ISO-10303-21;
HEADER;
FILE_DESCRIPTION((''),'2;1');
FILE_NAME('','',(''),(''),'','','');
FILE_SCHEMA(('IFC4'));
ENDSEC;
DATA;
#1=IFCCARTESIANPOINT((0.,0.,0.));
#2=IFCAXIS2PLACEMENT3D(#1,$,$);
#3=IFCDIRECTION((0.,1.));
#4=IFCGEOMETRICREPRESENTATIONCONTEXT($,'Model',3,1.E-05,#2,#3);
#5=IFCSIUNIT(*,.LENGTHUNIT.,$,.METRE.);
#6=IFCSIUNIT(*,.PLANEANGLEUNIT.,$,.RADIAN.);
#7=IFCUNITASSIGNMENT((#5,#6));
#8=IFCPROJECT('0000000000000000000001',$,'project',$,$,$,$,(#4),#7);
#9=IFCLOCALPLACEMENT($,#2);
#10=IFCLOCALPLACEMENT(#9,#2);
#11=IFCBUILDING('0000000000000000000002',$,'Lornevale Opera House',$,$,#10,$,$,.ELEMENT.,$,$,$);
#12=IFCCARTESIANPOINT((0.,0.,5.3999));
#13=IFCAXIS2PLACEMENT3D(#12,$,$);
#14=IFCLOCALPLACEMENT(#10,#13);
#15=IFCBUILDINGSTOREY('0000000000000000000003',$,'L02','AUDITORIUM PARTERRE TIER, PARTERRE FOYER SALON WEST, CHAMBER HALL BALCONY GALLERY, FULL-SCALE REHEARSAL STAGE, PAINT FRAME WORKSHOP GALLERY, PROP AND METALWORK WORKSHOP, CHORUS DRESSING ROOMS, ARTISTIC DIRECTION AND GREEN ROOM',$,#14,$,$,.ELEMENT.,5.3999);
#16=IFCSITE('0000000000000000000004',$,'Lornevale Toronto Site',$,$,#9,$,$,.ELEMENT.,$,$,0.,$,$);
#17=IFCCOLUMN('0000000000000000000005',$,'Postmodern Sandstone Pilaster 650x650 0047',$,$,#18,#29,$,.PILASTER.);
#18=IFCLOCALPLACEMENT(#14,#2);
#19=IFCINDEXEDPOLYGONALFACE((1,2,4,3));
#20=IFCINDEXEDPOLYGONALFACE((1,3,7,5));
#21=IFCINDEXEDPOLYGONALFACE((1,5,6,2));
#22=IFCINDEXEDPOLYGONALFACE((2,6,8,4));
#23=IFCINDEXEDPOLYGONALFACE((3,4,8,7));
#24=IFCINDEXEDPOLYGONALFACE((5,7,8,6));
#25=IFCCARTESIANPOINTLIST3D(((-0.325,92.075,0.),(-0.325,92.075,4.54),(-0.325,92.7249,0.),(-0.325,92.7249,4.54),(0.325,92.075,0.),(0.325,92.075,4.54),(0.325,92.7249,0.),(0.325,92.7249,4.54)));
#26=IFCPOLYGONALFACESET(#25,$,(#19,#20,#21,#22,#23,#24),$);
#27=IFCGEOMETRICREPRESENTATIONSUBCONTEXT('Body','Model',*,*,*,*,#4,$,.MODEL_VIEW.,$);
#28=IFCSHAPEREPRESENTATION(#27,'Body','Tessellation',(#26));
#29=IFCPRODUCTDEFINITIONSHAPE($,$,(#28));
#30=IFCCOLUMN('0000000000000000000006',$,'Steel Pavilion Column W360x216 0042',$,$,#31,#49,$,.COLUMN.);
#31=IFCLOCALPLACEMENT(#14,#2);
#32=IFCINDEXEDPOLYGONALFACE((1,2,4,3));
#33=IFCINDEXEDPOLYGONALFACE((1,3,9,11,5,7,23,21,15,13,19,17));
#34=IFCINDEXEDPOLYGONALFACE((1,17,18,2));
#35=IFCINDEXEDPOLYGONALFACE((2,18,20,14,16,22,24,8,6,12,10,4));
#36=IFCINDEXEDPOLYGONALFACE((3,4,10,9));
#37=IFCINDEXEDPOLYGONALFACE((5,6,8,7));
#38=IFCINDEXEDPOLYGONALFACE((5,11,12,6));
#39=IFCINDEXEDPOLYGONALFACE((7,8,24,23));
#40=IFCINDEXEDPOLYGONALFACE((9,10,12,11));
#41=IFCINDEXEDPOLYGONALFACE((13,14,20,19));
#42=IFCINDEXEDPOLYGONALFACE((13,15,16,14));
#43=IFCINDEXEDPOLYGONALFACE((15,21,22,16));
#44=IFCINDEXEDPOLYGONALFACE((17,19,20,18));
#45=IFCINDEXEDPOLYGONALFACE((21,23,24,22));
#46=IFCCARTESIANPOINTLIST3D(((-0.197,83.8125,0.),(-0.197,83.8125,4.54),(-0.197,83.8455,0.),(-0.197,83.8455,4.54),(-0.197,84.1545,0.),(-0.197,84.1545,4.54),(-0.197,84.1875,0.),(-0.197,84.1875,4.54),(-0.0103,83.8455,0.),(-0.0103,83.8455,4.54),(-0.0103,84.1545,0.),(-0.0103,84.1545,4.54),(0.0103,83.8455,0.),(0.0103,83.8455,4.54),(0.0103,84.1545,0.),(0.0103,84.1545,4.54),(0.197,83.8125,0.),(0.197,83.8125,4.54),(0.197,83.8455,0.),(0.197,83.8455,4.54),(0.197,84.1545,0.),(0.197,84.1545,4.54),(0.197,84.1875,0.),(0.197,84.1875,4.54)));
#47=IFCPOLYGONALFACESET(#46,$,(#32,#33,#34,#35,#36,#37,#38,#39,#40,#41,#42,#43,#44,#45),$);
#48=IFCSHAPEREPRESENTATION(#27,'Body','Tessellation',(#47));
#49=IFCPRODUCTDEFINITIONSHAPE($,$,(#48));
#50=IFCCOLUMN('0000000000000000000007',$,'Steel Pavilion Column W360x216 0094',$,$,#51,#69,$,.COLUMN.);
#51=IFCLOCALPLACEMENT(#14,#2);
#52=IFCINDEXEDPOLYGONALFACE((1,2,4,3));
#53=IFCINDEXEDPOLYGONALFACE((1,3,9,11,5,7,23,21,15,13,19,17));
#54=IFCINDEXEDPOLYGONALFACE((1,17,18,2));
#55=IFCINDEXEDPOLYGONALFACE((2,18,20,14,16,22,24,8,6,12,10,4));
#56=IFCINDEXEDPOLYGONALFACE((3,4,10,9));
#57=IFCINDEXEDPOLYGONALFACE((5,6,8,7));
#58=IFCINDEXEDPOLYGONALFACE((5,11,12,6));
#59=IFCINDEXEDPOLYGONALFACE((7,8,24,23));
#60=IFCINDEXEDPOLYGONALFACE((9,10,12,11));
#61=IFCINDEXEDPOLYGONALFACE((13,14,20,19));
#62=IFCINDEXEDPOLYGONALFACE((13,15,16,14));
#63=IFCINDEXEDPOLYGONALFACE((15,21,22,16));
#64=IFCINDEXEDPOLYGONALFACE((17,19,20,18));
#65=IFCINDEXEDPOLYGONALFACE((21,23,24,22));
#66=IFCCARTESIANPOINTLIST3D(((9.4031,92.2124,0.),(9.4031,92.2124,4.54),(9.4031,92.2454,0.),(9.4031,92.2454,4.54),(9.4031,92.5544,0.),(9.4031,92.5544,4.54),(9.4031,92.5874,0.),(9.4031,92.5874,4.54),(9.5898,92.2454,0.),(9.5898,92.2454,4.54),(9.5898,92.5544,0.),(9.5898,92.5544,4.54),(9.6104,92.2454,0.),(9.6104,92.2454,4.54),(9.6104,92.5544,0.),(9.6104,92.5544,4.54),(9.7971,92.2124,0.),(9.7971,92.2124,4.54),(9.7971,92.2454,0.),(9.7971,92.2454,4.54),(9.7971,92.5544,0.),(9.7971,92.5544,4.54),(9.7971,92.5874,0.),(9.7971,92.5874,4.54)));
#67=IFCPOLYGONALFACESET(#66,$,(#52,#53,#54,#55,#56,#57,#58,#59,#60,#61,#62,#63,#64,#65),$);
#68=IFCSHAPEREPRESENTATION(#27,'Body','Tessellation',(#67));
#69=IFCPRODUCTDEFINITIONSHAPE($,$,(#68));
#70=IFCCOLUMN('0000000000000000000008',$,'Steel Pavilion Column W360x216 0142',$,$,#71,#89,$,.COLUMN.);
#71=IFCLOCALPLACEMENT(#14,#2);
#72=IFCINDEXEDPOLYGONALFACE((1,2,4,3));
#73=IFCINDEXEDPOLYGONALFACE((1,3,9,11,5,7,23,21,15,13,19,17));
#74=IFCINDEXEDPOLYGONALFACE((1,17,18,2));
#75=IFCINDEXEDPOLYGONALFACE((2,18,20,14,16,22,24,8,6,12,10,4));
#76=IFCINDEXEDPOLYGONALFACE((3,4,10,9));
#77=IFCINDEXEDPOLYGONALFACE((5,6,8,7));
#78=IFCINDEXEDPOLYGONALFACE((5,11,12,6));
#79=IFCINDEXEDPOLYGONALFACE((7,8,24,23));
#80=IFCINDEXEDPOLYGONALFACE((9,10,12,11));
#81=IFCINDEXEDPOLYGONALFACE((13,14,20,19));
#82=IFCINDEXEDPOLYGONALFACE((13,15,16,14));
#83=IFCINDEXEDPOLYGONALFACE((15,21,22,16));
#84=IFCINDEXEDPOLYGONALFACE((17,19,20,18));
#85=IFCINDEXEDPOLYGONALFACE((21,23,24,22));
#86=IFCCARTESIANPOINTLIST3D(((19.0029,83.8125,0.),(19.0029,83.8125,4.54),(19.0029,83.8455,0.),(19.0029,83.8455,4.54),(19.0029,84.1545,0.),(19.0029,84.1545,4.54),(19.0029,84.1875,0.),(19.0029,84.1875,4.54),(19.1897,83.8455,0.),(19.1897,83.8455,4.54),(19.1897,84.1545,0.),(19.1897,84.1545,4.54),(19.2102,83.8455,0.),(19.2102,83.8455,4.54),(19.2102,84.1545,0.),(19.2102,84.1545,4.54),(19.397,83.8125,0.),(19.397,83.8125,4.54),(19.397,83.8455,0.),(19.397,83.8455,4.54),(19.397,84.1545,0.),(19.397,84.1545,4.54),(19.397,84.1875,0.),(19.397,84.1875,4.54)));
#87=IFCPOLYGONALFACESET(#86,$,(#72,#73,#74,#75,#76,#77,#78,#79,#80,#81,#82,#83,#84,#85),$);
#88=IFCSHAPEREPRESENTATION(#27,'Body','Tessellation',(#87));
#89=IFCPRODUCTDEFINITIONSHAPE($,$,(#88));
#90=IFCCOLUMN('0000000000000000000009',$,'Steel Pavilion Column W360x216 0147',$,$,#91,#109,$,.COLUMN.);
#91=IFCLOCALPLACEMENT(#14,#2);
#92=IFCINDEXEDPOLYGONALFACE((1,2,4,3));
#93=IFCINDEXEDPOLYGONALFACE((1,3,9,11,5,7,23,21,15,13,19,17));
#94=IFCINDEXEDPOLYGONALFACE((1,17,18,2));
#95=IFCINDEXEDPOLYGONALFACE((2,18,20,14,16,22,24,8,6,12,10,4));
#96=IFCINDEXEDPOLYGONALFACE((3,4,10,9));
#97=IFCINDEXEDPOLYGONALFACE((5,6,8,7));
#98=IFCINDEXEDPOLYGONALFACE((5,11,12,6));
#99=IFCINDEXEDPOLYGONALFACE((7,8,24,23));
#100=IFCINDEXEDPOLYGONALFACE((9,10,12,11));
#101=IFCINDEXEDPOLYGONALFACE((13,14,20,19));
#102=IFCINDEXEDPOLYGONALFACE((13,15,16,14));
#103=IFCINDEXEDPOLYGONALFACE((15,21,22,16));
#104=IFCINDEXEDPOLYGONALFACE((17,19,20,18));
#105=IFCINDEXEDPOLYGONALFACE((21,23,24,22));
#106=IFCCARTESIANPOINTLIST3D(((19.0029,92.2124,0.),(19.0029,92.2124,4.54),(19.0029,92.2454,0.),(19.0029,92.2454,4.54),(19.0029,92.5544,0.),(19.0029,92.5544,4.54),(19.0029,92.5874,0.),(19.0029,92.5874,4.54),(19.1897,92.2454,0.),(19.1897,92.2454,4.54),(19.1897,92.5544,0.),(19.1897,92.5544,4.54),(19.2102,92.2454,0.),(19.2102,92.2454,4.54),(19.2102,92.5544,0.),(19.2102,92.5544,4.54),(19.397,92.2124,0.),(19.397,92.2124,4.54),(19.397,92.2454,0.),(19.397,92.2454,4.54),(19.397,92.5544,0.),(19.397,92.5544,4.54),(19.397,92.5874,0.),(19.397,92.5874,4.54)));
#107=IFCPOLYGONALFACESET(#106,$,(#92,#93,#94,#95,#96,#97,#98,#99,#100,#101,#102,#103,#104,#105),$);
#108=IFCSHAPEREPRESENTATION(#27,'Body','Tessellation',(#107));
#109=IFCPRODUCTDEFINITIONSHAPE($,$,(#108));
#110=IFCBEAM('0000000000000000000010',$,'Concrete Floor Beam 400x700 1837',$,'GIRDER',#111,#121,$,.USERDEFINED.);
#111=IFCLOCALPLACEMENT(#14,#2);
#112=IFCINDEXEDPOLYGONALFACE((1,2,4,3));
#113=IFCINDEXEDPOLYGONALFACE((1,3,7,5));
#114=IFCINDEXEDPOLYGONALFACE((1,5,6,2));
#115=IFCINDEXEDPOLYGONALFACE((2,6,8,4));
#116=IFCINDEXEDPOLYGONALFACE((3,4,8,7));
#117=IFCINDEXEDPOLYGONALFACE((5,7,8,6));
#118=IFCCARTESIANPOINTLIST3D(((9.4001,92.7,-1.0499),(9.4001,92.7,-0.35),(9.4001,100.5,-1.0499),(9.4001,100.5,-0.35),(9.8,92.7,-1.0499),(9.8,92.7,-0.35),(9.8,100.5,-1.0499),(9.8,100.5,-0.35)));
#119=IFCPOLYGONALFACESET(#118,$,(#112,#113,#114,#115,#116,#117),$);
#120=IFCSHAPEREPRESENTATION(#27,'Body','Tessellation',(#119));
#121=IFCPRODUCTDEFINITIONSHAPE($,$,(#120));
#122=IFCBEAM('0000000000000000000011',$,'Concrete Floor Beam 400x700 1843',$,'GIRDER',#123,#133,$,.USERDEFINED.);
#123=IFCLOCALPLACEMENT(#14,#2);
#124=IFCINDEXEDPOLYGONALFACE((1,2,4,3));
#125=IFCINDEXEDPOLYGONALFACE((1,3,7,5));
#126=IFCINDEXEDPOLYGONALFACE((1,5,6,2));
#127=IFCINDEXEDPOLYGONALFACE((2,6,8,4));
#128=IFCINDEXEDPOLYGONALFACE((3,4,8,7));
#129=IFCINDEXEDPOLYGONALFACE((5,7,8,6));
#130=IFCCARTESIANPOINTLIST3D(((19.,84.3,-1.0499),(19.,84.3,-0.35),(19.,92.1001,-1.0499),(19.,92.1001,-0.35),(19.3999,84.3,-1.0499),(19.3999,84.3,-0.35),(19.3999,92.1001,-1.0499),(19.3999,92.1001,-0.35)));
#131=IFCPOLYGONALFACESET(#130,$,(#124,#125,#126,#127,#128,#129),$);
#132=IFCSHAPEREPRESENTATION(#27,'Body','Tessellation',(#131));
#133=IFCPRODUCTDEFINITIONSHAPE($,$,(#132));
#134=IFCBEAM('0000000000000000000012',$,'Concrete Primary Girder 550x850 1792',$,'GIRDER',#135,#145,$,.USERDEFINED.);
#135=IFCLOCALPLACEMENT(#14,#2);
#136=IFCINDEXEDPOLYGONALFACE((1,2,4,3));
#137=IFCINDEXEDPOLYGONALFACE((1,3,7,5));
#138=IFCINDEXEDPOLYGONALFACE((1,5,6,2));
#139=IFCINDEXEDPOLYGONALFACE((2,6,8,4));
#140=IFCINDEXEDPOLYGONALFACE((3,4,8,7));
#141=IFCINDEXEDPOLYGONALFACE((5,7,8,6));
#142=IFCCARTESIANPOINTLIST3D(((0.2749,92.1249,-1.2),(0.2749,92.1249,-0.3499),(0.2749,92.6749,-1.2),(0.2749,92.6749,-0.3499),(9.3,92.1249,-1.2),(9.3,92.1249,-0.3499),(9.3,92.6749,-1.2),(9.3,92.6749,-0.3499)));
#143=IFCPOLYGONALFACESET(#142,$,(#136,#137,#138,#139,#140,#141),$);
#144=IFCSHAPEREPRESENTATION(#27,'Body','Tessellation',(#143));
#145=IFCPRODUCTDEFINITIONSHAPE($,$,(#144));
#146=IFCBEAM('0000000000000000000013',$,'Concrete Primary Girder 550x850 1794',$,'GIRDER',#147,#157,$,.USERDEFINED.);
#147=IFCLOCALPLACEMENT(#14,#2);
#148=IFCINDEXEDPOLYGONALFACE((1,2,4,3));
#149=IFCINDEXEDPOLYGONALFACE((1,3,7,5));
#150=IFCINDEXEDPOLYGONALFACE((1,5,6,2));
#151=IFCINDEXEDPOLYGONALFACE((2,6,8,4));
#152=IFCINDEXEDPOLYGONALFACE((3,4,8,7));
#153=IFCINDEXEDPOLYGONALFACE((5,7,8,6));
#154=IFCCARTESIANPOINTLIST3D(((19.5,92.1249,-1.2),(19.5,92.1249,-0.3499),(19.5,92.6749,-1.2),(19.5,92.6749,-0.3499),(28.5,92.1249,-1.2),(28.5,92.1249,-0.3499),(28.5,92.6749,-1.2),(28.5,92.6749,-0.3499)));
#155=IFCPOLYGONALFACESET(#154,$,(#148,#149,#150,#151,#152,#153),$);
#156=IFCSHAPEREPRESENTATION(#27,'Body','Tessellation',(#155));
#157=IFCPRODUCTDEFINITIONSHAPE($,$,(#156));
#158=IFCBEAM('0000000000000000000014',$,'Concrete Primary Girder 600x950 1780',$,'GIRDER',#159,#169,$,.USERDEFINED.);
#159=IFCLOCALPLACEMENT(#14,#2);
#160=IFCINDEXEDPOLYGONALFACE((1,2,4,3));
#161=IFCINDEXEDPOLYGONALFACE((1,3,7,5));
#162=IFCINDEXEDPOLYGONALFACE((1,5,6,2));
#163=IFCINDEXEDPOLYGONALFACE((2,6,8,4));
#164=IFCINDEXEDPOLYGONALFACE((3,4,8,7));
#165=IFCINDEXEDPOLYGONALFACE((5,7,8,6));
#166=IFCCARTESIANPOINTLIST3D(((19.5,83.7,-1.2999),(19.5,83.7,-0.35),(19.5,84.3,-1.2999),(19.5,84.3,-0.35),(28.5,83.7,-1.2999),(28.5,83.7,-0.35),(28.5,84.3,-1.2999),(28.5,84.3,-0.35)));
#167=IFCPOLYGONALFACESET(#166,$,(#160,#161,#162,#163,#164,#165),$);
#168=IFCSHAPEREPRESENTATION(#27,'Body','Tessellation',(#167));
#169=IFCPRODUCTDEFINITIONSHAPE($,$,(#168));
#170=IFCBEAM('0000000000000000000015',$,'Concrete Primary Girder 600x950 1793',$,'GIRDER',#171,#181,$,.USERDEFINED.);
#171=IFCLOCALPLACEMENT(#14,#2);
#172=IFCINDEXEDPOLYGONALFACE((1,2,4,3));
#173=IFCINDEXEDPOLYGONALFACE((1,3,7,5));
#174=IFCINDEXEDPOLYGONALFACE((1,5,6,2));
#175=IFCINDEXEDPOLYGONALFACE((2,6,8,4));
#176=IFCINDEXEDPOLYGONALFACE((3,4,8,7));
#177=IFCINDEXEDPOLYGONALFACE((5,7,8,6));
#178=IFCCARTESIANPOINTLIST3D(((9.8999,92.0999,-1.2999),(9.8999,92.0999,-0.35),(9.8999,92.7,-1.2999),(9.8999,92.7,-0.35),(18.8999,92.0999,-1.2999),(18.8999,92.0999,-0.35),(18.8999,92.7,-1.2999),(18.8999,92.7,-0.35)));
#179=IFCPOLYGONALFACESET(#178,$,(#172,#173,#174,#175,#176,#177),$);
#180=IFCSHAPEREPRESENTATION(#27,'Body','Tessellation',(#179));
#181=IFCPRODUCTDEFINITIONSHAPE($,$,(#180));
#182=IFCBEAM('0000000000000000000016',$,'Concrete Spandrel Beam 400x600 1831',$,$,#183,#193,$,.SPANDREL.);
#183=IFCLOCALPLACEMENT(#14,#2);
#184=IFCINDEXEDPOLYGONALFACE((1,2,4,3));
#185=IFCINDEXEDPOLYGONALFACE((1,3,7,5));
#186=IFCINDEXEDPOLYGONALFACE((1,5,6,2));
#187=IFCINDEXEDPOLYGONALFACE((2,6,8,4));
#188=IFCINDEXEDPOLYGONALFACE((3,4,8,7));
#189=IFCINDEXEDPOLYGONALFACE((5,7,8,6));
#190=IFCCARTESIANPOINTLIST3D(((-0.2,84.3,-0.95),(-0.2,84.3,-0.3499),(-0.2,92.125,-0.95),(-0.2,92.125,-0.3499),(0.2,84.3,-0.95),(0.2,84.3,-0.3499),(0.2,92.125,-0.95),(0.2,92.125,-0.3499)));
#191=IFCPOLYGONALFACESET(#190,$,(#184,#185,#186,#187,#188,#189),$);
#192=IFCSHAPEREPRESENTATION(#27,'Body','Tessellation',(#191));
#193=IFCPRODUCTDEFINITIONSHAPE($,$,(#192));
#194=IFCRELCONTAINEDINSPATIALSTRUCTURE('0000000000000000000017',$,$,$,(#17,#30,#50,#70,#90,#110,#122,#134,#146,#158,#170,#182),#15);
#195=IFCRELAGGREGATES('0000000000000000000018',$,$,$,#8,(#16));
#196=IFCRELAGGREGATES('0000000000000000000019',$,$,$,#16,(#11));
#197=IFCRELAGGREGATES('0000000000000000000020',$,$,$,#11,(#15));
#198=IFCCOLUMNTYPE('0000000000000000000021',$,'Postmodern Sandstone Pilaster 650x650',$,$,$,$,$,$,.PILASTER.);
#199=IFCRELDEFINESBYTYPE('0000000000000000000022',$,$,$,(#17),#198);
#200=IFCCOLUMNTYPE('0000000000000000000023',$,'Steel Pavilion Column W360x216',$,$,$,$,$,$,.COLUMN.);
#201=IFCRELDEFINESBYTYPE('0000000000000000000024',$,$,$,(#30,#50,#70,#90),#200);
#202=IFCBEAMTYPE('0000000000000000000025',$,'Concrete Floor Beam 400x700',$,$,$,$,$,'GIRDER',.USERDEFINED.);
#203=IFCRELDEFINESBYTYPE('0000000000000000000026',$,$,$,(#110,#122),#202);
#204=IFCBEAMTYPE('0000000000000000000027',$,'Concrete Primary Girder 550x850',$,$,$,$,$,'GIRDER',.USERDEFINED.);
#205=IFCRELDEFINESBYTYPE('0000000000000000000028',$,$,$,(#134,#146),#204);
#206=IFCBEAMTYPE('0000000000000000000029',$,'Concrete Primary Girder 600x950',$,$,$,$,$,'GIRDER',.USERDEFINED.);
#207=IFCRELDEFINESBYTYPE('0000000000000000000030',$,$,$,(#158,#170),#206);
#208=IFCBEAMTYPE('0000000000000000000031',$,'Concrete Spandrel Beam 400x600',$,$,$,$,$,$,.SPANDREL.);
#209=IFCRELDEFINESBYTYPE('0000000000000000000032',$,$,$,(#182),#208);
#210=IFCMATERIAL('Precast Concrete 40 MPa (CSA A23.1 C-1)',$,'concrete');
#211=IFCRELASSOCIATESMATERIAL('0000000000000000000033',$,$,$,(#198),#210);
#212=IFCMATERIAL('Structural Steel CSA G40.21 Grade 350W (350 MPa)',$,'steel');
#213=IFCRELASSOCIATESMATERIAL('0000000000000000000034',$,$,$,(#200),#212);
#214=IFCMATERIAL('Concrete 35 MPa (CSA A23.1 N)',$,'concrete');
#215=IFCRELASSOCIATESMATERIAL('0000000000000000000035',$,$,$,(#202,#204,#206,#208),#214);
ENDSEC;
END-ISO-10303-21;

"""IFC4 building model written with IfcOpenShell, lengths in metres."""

from ifc_helpers import new_model, si_unit, direction, frame, origin, origin_2d, place, context, subcontext, project, spatial, rectangle, i_section, extrude, material, material_profile, profile_set, type_object, element, save


model = new_model("IFC4")

# Units and contexts
model_context = context("Model", 3, precision=1e-05, world=origin(), true_north=direction((0.0, 1.0)))
body_context = subcontext(model_context, "Body", "Model", "MODEL_VIEW")
ifc_project = project(units=[si_unit("LENGTHUNIT", "METRE"), si_unit("PLANEANGLEUNIT", "RADIAN")], contexts=[model_context])

# Site, building, storey
site_placement = place(None, origin())
site = spatial("IfcSite", under=ifc_project, at=site_placement, Name="Lornevale Toronto Site", CompositionType="ELEMENT", RefElevation=0.0)
building_placement = place(site_placement, origin())
building = spatial("IfcBuilding", under=site, at=building_placement, Name="Lornevale Opera House", CompositionType="ELEMENT")
storey_placement = place(building_placement, frame((0.0, 0.0, 5.3999)))
storey = spatial("IfcBuildingStorey", under=building, at=storey_placement, Name="L02", Description="AUDITORIUM PARTERRE TIER, PARTERRE FOYER SALON WEST, CHAMBER HALL BALCONY GALLERY, FULL-SCALE REHEARSAL STAGE, PAINT FRAME WORKSHOP GALLERY, PROP AND METALWORK WORKSHOP, CHORUS DRESSING ROOMS, ARTISTIC DIRECTION AND GREEN ROOM", CompositionType="ELEMENT", Elevation=5.3999)

# Columns
ifc_material_1 = material(Name="Precast Concrete 40 MPa (CSA A23.1 C-1)", Category="concrete")
ifc_material_profile_1 = material_profile(ifc_material_1, rectangle(XDim=0.6499, YDim=0.6499, at=origin_2d()), Name="RC650x650")
ifc_profile_set_1 = profile_set([ifc_material_profile_1], Name="Precast Concrete 40 MPa (CSA A23.1 C-1)")
column_type_1 = type_object("IfcColumnType", Name="Postmodern Sandstone Pilaster 650x650", PredefinedType="PILASTER", material=ifc_profile_set_1)
column_placement = place(storey_placement, frame((0.0, 92.3999, 0.0), z_axis=(0.0, 0.0, 1.0), x_axis=(1.0, 0.0, 0.0)))
element("IfcColumn", 1, at=column_placement, inside=storey, type_object=column_type_1, Name="Postmodern Sandstone Pilaster 650x650 0047", PredefinedType="PILASTER", context=body_context, shape_type="SweptSolid", body=[
    extrude(rectangle(XDim=0.6499, YDim=0.6499, at=origin_2d()), origin(), (0.0, 0.0, 1.0), 4.54),
])
ifc_material_2 = material(Name="Structural Steel CSA G40.21 Grade 350W (350 MPa)", Category="steel")
ifc_material_profile_2 = material_profile(ifc_material_2, i_section(OverallWidth=0.394, OverallDepth=0.375, WebThickness=0.0205, FlangeThickness=0.033, at=origin_2d()), Name="W360x216")
ifc_profile_set_2 = profile_set([ifc_material_profile_2], Name="Structural Steel CSA G40.21 Grade 350W (350 MPa)")
column_type_2 = type_object("IfcColumnType", Name="Steel Pavilion Column W360x216", PredefinedType="COLUMN", material=ifc_profile_set_2)
for number, where, z_axis, x_axis, name in (
    (2, (0.0, 84.0, 0.0), (0.0, 0.0, 1.0), (1.0, 0.0, 0.0), "Steel Pavilion Column W360x216 0042"),
    (3, (9.6001, 92.3999, 0.0), (0.0, 0.0, 1.0), (1.0, 0.0, 0.0), "Steel Pavilion Column W360x216 0094"),
    (4, (19.2, 84.0, 0.0), (0.0, 0.0, 1.0), (1.0, 0.0, 0.0), "Steel Pavilion Column W360x216 0142"),
    (5, (19.2, 92.3999, 0.0), (0.0, 0.0, 1.0), (1.0, 0.0, 0.0), "Steel Pavilion Column W360x216 0147"),
):
    element("IfcColumn", number, at=place(storey_placement, frame(where, z_axis=z_axis, x_axis=x_axis)), inside=storey, type_object=column_type_2, Name=name, PredefinedType="COLUMN", context=body_context, shape_type="SweptSolid", body=[
        extrude(i_section(OverallWidth=0.394, OverallDepth=0.375, WebThickness=0.0205, FlangeThickness=0.033, at=origin_2d()), origin(), (0.0, 0.0, 1.0), 4.54),
    ])

# Beams
ifc_material_3 = material(Name="Concrete 35 MPa (CSA A23.1 N)", Category="concrete")
ifc_material_profile_3 = material_profile(ifc_material_3, rectangle(XDim=0.3999, YDim=0.7, at=origin_2d()), Name="RC400x700")
ifc_profile_set_3 = profile_set([ifc_material_profile_3], Name="Concrete 35 MPa (CSA A23.1 N)")
beam_type_1 = type_object("IfcBeamType", Name="Concrete Floor Beam 400x700", ElementType="GIRDER", PredefinedType="USERDEFINED", material=ifc_profile_set_3)
for number, where, z_axis, x_axis, name in (
    (6, (9.6001, 92.7, -0.7), (0.0, 1.0, 0.0), (-1.0, 0.0, 0.0), "Concrete Floor Beam 400x700 1837"),
    (7, (19.2, 84.3, -0.7), (0.0, 1.0, 0.0), (-1.0, 0.0, 0.0), "Concrete Floor Beam 400x700 1843"),
):
    element("IfcBeam", number, at=place(storey_placement, frame(where, z_axis=z_axis, x_axis=x_axis)), inside=storey, type_object=beam_type_1, Name=name, ObjectType="GIRDER", PredefinedType="USERDEFINED", context=body_context, shape_type="SweptSolid", body=[
        extrude(rectangle(XDim=0.3999, YDim=0.7, at=origin_2d()), origin(), (0.0, 0.0, 1.0), 7.8),
    ])
ifc_material_profile_4 = material_profile(ifc_material_3, rectangle(XDim=0.55, YDim=0.8501, at=origin_2d()), Name="RC550x850")
ifc_profile_set_4 = profile_set([ifc_material_profile_4], Name="Concrete 35 MPa (CSA A23.1 N)")
beam_type_2 = type_object("IfcBeamType", Name="Concrete Primary Girder 550x850", ElementType="GIRDER", PredefinedType="USERDEFINED", material=ifc_profile_set_4)
beam_1_placement = place(storey_placement, frame((0.2749, 92.3999, -0.7749), z_axis=(1.0, 0.0, 0.0), x_axis=(0.0, 1.0, 0.0)))
element("IfcBeam", 8, at=beam_1_placement, inside=storey, type_object=beam_type_2, Name="Concrete Primary Girder 550x850 1792", ObjectType="GIRDER", PredefinedType="USERDEFINED", context=body_context, shape_type="SweptSolid", body=[
    extrude(rectangle(XDim=0.55, YDim=0.8501, at=origin_2d()), origin(), (0.0, 0.0, 1.0), 9.0251),
])
beam_2_placement = place(storey_placement, frame((19.5, 92.3999, -0.7749), z_axis=(1.0, 0.0, 0.0), x_axis=(0.0, 1.0, 0.0)))
element("IfcBeam", 9, at=beam_2_placement, inside=storey, type_object=beam_type_2, Name="Concrete Primary Girder 550x850 1794", ObjectType="GIRDER", PredefinedType="USERDEFINED", context=body_context, shape_type="SweptSolid", body=[
    extrude(rectangle(XDim=0.55, YDim=0.8501, at=origin_2d()), origin(), (0.0, 0.0, 1.0), 9.0),
])
ifc_material_profile_5 = material_profile(ifc_material_3, rectangle(XDim=0.6001, YDim=0.95, at=origin_2d()), Name="RC600x950")
ifc_profile_set_5 = profile_set([ifc_material_profile_5], Name="Concrete 35 MPa (CSA A23.1 N)")
beam_type_3 = type_object("IfcBeamType", Name="Concrete Primary Girder 600x950", ElementType="GIRDER", PredefinedType="USERDEFINED", material=ifc_profile_set_5)
for number, where, z_axis, x_axis, name in (
    (10, (19.5, 84.0, -0.825), (1.0, 0.0, 0.0), (0.0, 1.0, 0.0), "Concrete Primary Girder 600x950 1780"),
    (11, (9.8999, 92.3999, -0.825), (1.0, 0.0, 0.0), (0.0, 1.0, 0.0), "Concrete Primary Girder 600x950 1793"),
):
    element("IfcBeam", number, at=place(storey_placement, frame(where, z_axis=z_axis, x_axis=x_axis)), inside=storey, type_object=beam_type_3, Name=name, ObjectType="GIRDER", PredefinedType="USERDEFINED", context=body_context, shape_type="SweptSolid", body=[
        extrude(rectangle(XDim=0.6001, YDim=0.95, at=origin_2d()), origin(), (0.0, 0.0, 1.0), 9.0),
    ])
ifc_material_profile_6 = material_profile(ifc_material_3, rectangle(XDim=0.3999, YDim=0.6001, at=origin_2d()), Name="RC400x600")
ifc_profile_set_6 = profile_set([ifc_material_profile_6], Name="Concrete 35 MPa (CSA A23.1 N)")
beam_type_4 = type_object("IfcBeamType", Name="Concrete Spandrel Beam 400x600", PredefinedType="SPANDREL", material=ifc_profile_set_6)
for number, where, z_axis, x_axis, name in (
    (12, (0.0, 84.3, -0.6499), (0.0, 1.0, 0.0), (-1.0, 0.0, 0.0), "Concrete Spandrel Beam 400x600 1831"),
):
    element("IfcBeam", number, at=place(storey_placement, frame(where, z_axis=z_axis, x_axis=x_axis)), inside=storey, type_object=beam_type_4, Name=name, PredefinedType="SPANDREL", context=body_context, shape_type="SweptSolid", body=[
        extrude(rectangle(XDim=0.3999, YDim=0.6001, at=origin_2d()), origin(), (0.0, 0.0, 1.0), 7.825),
    ])

save(model, "model.ifc")
